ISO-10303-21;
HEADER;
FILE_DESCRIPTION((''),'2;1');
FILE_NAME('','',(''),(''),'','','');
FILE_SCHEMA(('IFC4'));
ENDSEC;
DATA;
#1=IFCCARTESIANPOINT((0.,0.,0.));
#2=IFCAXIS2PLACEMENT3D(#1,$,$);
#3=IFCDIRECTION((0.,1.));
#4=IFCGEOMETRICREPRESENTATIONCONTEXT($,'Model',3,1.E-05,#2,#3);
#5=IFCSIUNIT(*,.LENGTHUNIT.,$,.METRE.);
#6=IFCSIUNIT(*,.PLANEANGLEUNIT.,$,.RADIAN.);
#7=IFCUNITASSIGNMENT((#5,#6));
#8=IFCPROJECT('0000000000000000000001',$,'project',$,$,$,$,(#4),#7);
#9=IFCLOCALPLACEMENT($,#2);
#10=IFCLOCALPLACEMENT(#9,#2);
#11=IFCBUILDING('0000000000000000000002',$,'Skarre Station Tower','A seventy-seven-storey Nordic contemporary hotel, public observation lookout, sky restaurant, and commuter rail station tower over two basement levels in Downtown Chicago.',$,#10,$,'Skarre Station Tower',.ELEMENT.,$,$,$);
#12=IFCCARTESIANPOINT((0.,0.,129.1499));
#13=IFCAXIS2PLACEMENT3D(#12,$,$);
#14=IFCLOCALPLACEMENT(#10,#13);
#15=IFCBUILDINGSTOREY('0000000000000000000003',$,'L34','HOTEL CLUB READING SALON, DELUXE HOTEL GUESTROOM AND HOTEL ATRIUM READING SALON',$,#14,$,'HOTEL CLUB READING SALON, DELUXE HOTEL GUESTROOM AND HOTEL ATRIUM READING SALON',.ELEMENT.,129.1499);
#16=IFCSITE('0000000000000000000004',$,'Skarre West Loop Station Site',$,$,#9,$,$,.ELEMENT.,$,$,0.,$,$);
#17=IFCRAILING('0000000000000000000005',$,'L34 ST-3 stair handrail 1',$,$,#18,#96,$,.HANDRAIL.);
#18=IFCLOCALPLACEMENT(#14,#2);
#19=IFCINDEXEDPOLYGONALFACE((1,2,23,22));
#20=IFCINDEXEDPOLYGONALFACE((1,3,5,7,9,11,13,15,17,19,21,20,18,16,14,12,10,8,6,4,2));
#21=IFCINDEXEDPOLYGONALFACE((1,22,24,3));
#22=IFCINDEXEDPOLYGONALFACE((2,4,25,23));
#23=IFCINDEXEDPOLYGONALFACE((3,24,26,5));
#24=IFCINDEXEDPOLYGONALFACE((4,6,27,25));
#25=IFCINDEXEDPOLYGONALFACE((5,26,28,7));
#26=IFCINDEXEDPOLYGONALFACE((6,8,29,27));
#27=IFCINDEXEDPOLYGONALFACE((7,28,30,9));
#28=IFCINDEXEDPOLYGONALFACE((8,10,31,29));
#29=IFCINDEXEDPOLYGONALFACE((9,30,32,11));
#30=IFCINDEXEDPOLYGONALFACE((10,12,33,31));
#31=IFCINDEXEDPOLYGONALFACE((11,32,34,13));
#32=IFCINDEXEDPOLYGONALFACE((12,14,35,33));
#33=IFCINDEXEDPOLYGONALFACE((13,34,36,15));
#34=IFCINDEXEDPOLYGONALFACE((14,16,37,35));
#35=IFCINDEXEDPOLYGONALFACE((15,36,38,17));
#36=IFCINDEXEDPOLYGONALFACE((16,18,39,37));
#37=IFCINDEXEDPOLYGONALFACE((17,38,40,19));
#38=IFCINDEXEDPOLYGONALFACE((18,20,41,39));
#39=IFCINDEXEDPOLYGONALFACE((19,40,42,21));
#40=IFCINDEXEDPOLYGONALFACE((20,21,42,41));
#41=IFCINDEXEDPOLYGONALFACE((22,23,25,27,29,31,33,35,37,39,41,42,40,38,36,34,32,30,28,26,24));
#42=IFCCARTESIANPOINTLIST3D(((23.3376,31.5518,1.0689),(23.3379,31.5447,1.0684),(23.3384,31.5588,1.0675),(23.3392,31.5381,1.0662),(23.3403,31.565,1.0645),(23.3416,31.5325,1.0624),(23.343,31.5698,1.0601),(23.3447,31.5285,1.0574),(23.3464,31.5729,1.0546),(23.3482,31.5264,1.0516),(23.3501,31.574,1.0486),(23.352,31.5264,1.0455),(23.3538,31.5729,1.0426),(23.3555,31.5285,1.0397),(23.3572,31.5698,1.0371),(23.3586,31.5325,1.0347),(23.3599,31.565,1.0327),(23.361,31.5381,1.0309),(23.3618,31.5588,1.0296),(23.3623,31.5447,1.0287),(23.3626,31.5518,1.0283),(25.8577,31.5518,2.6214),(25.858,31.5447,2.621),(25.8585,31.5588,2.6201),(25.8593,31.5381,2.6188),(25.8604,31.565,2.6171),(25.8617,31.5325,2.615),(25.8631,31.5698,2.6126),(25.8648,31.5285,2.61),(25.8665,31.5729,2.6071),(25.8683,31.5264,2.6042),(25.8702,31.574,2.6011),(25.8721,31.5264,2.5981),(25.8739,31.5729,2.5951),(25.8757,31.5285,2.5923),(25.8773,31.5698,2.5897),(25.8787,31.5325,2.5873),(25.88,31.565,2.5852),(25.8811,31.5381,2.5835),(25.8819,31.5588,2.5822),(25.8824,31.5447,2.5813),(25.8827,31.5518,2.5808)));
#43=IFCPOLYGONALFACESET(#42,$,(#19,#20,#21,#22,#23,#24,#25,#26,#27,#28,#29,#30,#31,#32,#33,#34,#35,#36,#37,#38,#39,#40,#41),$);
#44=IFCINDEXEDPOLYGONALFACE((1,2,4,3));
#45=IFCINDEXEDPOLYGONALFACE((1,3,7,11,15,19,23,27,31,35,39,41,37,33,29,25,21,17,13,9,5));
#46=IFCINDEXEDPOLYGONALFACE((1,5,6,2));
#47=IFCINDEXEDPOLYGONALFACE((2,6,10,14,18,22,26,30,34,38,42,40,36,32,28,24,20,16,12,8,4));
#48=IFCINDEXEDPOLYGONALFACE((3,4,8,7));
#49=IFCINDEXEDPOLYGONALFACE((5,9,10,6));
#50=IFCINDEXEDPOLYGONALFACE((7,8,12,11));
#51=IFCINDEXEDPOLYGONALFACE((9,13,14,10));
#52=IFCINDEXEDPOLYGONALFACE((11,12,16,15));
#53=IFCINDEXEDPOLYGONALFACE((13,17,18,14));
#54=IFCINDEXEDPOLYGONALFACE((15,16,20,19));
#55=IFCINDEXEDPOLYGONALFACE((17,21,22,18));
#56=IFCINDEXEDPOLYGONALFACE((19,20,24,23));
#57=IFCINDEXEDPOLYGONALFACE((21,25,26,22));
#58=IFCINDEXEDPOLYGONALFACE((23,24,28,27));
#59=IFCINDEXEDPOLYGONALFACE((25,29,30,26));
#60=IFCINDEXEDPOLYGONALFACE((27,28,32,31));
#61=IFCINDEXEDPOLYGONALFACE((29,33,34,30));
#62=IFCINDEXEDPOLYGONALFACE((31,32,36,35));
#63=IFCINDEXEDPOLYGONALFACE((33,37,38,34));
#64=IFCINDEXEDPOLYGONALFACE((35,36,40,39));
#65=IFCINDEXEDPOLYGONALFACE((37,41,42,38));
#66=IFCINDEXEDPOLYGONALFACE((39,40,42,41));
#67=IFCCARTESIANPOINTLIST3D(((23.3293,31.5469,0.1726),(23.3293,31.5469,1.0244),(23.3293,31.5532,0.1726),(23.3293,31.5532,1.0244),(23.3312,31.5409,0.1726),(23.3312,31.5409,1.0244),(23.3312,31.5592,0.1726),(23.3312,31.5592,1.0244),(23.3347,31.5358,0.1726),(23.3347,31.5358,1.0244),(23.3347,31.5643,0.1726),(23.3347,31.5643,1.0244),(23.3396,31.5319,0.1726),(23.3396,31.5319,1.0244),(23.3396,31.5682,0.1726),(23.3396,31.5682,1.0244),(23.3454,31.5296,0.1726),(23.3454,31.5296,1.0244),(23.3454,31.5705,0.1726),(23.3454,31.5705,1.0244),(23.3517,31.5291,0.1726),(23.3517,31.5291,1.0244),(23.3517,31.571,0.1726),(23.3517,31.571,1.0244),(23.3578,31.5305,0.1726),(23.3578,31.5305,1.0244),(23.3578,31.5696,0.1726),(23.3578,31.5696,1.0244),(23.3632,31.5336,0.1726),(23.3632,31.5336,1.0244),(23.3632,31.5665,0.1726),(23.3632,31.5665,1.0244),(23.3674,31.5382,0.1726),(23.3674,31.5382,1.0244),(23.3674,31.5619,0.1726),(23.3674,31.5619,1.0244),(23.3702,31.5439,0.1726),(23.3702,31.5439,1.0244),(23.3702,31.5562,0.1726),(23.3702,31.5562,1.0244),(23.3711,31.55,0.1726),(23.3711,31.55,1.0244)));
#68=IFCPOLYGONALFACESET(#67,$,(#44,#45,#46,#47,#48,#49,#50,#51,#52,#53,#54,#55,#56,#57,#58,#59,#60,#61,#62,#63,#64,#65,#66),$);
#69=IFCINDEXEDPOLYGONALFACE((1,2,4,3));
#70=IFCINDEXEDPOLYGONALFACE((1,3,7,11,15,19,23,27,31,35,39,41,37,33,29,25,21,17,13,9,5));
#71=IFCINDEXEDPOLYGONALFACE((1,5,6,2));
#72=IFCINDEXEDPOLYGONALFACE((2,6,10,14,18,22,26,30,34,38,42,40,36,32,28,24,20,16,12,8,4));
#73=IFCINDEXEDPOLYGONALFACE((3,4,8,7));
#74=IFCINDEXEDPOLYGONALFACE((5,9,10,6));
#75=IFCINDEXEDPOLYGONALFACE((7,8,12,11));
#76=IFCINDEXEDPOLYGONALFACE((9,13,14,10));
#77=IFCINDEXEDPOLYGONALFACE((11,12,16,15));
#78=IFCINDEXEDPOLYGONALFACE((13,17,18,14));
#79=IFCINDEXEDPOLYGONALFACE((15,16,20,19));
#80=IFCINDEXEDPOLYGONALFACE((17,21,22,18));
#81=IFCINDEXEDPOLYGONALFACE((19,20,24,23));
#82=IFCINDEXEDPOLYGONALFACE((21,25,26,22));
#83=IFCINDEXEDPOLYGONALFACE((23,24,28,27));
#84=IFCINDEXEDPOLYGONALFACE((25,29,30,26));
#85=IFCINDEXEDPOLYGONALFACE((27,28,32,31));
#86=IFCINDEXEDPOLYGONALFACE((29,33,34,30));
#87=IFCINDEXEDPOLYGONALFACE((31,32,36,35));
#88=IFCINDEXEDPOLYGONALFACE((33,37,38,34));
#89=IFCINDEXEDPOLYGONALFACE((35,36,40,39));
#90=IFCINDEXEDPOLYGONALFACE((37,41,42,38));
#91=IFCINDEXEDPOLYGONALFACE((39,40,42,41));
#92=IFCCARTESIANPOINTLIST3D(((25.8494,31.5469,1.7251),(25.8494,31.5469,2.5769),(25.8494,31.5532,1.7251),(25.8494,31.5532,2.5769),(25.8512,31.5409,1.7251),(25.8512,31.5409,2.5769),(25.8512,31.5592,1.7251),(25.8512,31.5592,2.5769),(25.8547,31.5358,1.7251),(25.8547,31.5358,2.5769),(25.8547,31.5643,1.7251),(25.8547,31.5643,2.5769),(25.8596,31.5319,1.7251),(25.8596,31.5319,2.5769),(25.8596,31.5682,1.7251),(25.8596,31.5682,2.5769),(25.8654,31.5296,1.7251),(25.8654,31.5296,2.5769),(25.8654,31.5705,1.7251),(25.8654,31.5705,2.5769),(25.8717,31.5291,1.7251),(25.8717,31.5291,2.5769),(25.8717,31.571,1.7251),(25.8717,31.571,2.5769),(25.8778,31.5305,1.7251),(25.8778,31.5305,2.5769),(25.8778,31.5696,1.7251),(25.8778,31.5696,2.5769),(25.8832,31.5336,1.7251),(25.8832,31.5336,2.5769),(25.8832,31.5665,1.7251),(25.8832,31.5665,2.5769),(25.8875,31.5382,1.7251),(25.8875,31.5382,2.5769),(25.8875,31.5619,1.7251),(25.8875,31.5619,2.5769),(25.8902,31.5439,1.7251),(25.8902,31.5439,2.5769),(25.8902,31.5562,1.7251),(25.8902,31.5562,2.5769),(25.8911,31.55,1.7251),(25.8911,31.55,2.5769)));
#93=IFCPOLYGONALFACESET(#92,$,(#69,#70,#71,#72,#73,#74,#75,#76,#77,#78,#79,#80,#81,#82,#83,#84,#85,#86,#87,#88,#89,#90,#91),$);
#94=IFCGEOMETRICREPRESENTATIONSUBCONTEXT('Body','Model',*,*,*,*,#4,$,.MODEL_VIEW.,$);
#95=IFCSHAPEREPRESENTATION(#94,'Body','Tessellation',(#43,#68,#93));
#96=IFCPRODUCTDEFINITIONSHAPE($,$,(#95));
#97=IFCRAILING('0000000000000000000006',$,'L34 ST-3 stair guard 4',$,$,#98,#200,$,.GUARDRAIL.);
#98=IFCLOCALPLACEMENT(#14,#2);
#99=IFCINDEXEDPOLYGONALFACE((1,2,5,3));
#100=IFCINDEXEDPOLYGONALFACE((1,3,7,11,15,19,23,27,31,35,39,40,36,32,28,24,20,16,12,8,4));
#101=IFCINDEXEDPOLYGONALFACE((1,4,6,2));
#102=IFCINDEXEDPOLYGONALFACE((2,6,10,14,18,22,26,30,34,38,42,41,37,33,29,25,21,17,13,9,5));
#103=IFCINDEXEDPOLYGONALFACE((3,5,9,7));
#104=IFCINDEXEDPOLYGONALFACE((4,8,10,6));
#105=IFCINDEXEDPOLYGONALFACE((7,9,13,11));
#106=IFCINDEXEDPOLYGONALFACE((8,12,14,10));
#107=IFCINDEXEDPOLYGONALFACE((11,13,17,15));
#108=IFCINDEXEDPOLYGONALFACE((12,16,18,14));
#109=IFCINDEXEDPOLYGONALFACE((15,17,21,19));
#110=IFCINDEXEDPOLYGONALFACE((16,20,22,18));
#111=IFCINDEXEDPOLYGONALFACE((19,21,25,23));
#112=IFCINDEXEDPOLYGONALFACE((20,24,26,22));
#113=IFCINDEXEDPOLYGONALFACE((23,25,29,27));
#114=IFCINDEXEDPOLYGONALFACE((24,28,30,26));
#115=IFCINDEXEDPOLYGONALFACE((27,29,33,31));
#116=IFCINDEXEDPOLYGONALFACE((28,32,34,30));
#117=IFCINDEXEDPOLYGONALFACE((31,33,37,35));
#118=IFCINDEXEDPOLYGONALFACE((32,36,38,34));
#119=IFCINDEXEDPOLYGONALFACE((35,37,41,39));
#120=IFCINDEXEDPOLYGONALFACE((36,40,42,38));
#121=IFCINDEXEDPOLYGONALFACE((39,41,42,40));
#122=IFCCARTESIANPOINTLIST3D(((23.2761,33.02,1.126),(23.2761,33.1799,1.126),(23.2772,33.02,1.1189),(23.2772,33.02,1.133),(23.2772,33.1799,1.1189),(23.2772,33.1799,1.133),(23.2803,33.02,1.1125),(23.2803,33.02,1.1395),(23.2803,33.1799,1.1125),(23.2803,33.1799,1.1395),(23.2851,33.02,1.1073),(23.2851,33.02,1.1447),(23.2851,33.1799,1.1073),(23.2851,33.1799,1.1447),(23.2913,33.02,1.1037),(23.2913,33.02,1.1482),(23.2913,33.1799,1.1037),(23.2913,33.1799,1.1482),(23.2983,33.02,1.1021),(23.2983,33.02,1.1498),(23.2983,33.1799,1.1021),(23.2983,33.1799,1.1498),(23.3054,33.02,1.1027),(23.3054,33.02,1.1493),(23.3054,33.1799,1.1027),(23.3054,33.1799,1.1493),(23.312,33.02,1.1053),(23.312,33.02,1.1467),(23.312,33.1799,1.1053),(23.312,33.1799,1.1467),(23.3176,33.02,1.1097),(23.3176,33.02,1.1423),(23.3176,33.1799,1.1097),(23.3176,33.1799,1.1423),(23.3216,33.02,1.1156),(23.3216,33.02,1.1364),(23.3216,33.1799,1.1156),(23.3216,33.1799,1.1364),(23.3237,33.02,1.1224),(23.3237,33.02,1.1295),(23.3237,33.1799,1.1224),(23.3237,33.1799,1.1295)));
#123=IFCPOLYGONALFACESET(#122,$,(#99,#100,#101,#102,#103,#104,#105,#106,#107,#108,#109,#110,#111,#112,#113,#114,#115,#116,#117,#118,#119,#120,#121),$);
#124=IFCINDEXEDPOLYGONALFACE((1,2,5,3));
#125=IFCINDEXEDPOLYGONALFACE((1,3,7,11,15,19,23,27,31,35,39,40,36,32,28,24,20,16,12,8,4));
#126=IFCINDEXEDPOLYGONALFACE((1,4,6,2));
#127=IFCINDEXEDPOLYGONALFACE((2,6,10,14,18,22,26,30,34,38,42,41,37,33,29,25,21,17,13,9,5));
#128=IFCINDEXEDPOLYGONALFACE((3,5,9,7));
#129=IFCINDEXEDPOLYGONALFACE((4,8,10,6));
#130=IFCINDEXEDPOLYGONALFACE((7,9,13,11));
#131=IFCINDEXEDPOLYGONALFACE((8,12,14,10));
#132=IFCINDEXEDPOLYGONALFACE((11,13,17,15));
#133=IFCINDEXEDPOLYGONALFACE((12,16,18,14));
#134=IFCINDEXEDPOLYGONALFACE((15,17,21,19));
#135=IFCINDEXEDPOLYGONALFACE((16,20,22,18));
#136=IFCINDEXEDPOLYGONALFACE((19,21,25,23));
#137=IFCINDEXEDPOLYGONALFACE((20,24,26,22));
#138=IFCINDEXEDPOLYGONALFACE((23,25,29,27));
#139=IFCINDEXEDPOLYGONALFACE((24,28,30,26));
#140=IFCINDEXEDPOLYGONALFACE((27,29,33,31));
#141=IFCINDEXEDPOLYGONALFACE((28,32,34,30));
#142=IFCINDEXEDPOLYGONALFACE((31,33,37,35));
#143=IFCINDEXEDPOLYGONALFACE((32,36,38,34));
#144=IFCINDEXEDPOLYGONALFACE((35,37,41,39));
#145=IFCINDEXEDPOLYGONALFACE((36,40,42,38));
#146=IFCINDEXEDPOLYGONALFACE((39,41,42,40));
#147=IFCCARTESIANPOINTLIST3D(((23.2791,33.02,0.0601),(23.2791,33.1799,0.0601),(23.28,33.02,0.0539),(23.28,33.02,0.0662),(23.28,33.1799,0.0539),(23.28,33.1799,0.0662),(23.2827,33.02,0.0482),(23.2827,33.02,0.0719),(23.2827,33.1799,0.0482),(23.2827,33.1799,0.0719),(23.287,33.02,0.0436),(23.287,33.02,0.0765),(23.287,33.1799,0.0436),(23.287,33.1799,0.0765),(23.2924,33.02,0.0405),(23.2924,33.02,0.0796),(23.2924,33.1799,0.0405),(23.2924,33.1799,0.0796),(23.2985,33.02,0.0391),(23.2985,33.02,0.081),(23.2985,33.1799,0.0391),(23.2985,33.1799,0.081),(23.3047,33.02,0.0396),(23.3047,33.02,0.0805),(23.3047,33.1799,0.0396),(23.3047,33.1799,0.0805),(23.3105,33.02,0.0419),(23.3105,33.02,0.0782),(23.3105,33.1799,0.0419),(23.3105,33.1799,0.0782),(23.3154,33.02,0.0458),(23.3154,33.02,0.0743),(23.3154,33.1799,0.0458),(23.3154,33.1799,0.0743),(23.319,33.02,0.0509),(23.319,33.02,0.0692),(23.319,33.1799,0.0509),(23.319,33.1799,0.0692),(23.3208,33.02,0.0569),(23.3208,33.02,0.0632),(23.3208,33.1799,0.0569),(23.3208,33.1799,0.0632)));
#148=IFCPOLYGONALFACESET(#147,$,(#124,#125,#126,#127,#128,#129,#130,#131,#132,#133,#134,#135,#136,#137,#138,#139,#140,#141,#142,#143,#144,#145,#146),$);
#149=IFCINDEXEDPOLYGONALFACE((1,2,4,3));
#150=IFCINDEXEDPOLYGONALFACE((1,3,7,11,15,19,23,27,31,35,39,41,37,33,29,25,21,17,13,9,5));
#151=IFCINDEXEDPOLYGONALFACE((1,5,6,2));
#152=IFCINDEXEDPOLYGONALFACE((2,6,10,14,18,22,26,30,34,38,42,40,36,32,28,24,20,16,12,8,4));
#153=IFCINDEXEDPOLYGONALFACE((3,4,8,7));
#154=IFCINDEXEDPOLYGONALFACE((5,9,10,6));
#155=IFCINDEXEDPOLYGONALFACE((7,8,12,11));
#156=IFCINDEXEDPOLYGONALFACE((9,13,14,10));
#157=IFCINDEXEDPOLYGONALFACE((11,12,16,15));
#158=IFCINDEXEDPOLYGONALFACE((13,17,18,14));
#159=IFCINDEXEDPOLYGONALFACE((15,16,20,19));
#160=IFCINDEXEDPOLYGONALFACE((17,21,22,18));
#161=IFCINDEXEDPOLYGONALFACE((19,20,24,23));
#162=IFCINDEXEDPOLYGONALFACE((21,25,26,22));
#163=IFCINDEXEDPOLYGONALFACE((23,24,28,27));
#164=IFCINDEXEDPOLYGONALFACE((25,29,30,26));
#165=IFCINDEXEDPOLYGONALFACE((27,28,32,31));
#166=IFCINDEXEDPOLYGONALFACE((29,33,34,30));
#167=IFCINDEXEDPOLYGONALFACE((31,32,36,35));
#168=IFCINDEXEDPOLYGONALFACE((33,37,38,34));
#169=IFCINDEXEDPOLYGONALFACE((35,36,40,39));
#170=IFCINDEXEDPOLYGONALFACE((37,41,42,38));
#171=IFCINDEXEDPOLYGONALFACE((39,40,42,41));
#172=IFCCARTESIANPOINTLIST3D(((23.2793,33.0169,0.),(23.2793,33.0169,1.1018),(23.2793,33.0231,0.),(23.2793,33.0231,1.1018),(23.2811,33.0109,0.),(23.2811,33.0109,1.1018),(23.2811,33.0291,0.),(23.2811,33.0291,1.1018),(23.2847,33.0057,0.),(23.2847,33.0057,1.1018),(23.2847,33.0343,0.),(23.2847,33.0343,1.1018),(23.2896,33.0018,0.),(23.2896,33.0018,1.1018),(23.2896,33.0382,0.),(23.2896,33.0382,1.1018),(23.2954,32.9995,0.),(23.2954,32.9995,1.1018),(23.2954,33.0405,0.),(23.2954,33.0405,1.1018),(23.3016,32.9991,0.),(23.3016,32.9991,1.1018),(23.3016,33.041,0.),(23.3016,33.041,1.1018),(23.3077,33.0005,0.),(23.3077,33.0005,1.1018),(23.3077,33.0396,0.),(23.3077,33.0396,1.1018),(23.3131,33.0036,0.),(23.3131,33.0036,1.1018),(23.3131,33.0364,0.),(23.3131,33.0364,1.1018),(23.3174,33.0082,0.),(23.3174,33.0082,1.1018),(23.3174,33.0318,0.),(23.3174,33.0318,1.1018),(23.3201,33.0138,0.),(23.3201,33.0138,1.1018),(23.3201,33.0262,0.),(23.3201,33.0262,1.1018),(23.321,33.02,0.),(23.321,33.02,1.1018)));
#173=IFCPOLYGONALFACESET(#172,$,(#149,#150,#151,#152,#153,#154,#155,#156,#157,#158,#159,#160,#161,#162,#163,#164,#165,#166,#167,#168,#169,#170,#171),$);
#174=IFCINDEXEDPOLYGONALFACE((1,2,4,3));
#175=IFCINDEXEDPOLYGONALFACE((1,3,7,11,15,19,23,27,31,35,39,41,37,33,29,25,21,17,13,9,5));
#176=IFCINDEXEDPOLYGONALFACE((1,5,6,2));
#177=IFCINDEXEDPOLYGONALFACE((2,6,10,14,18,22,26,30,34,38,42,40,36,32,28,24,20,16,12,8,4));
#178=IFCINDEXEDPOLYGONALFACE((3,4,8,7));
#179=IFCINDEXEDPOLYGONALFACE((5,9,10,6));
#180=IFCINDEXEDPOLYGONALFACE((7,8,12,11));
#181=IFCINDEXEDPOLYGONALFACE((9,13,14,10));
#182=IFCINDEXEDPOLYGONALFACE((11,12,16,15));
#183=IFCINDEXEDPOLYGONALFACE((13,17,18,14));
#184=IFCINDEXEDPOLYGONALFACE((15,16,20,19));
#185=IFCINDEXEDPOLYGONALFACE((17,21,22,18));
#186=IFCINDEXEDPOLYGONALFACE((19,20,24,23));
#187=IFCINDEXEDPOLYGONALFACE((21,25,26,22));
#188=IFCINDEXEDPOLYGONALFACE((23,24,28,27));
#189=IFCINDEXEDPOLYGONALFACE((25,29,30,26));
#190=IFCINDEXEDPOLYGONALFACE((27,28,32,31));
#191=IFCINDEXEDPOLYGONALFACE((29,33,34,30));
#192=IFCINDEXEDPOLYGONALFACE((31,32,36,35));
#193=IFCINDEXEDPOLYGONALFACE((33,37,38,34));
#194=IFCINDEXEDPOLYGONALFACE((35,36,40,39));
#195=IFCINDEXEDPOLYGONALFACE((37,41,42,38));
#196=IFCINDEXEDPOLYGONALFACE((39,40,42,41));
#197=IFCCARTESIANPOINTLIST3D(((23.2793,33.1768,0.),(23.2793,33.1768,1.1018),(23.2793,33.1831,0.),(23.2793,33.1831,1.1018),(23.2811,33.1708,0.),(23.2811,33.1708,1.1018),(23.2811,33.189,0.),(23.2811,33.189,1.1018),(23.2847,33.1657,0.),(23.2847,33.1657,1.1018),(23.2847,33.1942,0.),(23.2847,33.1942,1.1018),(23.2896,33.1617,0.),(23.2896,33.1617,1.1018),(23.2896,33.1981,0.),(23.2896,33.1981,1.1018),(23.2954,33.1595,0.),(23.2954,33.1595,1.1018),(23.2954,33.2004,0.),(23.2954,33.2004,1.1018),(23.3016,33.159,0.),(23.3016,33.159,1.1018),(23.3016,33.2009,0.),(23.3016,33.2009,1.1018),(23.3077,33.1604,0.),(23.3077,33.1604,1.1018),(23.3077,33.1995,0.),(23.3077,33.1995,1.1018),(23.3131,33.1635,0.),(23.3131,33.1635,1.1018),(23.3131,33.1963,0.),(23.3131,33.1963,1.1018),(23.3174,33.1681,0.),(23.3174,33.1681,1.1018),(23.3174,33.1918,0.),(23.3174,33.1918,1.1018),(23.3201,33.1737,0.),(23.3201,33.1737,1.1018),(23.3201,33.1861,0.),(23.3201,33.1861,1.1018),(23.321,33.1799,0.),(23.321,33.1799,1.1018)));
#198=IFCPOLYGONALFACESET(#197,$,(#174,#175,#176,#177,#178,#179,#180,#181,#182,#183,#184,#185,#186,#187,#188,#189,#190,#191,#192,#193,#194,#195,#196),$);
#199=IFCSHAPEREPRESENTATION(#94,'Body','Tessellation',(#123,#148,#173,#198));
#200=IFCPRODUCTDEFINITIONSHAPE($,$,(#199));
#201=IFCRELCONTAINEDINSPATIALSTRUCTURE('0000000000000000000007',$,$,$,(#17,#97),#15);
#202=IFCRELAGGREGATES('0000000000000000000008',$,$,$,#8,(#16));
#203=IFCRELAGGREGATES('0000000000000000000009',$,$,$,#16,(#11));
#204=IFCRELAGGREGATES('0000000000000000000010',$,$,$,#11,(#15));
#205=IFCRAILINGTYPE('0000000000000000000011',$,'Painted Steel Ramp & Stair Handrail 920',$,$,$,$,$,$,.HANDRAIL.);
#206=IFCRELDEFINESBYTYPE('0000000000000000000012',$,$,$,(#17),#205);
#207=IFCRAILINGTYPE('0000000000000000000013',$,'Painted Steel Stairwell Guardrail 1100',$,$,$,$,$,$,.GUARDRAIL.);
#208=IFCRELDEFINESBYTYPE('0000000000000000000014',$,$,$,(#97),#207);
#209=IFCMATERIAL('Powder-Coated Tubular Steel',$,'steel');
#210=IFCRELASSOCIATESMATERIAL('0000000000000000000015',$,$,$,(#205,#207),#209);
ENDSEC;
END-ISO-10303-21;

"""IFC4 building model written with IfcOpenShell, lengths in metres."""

from ifc_helpers import new_model, si_unit, direction, frame, origin, origin_2d, place, context, subcontext, project, spatial, circle, extrude, material, type_object, element, save


model = new_model("IFC4")

# Units and contexts
model_context = context("Model", 3, precision=1e-05, world=origin(), true_north=direction((0.0, 1.0)))
body_context = subcontext(model_context, "Body", "Model", "MODEL_VIEW")
ifc_project = project(units=[si_unit("LENGTHUNIT", "METRE"), si_unit("PLANEANGLEUNIT", "RADIAN")], contexts=[model_context])

# Site, building, storey
site_placement = place(None, origin())
site = spatial("IfcSite", under=ifc_project, at=site_placement, Name="Skarre West Loop Station Site", CompositionType="ELEMENT", RefElevation=0.0)
building_placement = place(site_placement, origin())
building = spatial("IfcBuilding", under=site, at=building_placement, Name="Skarre Station Tower", Description="A seventy-seven-storey Nordic contemporary hotel, public observation lookout, sky restaurant, and commuter rail station tower over two basement levels in Downtown Chicago.", LongName="Skarre Station Tower", CompositionType="ELEMENT")
storey_placement = place(building_placement, frame((0.0, 0.0, 129.1499)))
storey = spatial("IfcBuildingStorey", under=building, at=storey_placement, Name="L34", Description="HOTEL CLUB READING SALON, DELUXE HOTEL GUESTROOM AND HOTEL ATRIUM READING SALON", LongName="HOTEL CLUB READING SALON, DELUXE HOTEL GUESTROOM AND HOTEL ATRIUM READING SALON", CompositionType="ELEMENT", Elevation=129.1499)

# Railings
ifc_material_1 = material(Name="Powder-Coated Tubular Steel", Category="steel")
railing_type_1 = type_object("IfcRailingType", Name="Painted Steel Ramp & Stair Handrail 920", PredefinedType="HANDRAIL", material=ifc_material_1)
railing_1_placement = place(storey_placement, frame((23.3501, 31.55, 0.1726)))
element("IfcRailing", 1, at=railing_1_placement, inside=storey, type_object=railing_type_1, Name="L34 ST-3 stair handrail 1", PredefinedType="HANDRAIL", context=body_context, shape_type="SweptSolid", body=[
    extrude(circle(Radius=0.0239, at=origin_2d()), frame((0.0, 0.0, 0.876), z_axis=(0.8514, 0.0, 0.524516), x_axis=(0.0, 1.0, 0.0)), (0.0, 0.0, 1.0), 2.96),
    extrude(circle(Radius=0.021, at=origin_2d()), origin(), (0.0, 0.0, 1.0), 0.8518),
    extrude(circle(Radius=0.021, at=origin_2d()), frame((2.52, 0.0, 1.5525)), (0.0, 0.0, 1.0), 0.8518),
])
railing_type_2 = type_object("IfcRailingType", Name="Painted Steel Stairwell Guardrail 1100", PredefinedType="GUARDRAIL", material=ifc_material_1)
railing_2_placement = place(storey_placement, frame((23.3, 33.02, 0.0)))
element("IfcRailing", 2, at=railing_2_placement, inside=storey, type_object=railing_type_2, Name="L34 ST-3 stair guard 4", PredefinedType="GUARDRAIL", context=body_context, shape_type="SweptSolid", body=[
    extrude(circle(Radius=0.0239, at=origin_2d()), frame((0.0, 0.0, 1.126), z_axis=(0.0, 1.0, 0.0), x_axis=(-1.0, 0.0, 0.0)), (0.0, 0.0, 1.0), 0.1599),
    extrude(circle(Radius=0.021, at=origin_2d()), frame((0.0, 0.0, 0.0601), z_axis=(0.0, 1.0, 0.0), x_axis=(-1.0, 0.0, 0.0)), (0.0, 0.0, 1.0), 0.1599),
    extrude(circle(Radius=0.021, at=origin_2d()), origin(), (0.0, 0.0, 1.0), 1.1018),
    extrude(circle(Radius=0.021, at=origin_2d()), frame((0.0, 0.1599, 0.0)), (0.0, 0.0, 1.0), 1.1018),
])

save(model, "model.ifc")
